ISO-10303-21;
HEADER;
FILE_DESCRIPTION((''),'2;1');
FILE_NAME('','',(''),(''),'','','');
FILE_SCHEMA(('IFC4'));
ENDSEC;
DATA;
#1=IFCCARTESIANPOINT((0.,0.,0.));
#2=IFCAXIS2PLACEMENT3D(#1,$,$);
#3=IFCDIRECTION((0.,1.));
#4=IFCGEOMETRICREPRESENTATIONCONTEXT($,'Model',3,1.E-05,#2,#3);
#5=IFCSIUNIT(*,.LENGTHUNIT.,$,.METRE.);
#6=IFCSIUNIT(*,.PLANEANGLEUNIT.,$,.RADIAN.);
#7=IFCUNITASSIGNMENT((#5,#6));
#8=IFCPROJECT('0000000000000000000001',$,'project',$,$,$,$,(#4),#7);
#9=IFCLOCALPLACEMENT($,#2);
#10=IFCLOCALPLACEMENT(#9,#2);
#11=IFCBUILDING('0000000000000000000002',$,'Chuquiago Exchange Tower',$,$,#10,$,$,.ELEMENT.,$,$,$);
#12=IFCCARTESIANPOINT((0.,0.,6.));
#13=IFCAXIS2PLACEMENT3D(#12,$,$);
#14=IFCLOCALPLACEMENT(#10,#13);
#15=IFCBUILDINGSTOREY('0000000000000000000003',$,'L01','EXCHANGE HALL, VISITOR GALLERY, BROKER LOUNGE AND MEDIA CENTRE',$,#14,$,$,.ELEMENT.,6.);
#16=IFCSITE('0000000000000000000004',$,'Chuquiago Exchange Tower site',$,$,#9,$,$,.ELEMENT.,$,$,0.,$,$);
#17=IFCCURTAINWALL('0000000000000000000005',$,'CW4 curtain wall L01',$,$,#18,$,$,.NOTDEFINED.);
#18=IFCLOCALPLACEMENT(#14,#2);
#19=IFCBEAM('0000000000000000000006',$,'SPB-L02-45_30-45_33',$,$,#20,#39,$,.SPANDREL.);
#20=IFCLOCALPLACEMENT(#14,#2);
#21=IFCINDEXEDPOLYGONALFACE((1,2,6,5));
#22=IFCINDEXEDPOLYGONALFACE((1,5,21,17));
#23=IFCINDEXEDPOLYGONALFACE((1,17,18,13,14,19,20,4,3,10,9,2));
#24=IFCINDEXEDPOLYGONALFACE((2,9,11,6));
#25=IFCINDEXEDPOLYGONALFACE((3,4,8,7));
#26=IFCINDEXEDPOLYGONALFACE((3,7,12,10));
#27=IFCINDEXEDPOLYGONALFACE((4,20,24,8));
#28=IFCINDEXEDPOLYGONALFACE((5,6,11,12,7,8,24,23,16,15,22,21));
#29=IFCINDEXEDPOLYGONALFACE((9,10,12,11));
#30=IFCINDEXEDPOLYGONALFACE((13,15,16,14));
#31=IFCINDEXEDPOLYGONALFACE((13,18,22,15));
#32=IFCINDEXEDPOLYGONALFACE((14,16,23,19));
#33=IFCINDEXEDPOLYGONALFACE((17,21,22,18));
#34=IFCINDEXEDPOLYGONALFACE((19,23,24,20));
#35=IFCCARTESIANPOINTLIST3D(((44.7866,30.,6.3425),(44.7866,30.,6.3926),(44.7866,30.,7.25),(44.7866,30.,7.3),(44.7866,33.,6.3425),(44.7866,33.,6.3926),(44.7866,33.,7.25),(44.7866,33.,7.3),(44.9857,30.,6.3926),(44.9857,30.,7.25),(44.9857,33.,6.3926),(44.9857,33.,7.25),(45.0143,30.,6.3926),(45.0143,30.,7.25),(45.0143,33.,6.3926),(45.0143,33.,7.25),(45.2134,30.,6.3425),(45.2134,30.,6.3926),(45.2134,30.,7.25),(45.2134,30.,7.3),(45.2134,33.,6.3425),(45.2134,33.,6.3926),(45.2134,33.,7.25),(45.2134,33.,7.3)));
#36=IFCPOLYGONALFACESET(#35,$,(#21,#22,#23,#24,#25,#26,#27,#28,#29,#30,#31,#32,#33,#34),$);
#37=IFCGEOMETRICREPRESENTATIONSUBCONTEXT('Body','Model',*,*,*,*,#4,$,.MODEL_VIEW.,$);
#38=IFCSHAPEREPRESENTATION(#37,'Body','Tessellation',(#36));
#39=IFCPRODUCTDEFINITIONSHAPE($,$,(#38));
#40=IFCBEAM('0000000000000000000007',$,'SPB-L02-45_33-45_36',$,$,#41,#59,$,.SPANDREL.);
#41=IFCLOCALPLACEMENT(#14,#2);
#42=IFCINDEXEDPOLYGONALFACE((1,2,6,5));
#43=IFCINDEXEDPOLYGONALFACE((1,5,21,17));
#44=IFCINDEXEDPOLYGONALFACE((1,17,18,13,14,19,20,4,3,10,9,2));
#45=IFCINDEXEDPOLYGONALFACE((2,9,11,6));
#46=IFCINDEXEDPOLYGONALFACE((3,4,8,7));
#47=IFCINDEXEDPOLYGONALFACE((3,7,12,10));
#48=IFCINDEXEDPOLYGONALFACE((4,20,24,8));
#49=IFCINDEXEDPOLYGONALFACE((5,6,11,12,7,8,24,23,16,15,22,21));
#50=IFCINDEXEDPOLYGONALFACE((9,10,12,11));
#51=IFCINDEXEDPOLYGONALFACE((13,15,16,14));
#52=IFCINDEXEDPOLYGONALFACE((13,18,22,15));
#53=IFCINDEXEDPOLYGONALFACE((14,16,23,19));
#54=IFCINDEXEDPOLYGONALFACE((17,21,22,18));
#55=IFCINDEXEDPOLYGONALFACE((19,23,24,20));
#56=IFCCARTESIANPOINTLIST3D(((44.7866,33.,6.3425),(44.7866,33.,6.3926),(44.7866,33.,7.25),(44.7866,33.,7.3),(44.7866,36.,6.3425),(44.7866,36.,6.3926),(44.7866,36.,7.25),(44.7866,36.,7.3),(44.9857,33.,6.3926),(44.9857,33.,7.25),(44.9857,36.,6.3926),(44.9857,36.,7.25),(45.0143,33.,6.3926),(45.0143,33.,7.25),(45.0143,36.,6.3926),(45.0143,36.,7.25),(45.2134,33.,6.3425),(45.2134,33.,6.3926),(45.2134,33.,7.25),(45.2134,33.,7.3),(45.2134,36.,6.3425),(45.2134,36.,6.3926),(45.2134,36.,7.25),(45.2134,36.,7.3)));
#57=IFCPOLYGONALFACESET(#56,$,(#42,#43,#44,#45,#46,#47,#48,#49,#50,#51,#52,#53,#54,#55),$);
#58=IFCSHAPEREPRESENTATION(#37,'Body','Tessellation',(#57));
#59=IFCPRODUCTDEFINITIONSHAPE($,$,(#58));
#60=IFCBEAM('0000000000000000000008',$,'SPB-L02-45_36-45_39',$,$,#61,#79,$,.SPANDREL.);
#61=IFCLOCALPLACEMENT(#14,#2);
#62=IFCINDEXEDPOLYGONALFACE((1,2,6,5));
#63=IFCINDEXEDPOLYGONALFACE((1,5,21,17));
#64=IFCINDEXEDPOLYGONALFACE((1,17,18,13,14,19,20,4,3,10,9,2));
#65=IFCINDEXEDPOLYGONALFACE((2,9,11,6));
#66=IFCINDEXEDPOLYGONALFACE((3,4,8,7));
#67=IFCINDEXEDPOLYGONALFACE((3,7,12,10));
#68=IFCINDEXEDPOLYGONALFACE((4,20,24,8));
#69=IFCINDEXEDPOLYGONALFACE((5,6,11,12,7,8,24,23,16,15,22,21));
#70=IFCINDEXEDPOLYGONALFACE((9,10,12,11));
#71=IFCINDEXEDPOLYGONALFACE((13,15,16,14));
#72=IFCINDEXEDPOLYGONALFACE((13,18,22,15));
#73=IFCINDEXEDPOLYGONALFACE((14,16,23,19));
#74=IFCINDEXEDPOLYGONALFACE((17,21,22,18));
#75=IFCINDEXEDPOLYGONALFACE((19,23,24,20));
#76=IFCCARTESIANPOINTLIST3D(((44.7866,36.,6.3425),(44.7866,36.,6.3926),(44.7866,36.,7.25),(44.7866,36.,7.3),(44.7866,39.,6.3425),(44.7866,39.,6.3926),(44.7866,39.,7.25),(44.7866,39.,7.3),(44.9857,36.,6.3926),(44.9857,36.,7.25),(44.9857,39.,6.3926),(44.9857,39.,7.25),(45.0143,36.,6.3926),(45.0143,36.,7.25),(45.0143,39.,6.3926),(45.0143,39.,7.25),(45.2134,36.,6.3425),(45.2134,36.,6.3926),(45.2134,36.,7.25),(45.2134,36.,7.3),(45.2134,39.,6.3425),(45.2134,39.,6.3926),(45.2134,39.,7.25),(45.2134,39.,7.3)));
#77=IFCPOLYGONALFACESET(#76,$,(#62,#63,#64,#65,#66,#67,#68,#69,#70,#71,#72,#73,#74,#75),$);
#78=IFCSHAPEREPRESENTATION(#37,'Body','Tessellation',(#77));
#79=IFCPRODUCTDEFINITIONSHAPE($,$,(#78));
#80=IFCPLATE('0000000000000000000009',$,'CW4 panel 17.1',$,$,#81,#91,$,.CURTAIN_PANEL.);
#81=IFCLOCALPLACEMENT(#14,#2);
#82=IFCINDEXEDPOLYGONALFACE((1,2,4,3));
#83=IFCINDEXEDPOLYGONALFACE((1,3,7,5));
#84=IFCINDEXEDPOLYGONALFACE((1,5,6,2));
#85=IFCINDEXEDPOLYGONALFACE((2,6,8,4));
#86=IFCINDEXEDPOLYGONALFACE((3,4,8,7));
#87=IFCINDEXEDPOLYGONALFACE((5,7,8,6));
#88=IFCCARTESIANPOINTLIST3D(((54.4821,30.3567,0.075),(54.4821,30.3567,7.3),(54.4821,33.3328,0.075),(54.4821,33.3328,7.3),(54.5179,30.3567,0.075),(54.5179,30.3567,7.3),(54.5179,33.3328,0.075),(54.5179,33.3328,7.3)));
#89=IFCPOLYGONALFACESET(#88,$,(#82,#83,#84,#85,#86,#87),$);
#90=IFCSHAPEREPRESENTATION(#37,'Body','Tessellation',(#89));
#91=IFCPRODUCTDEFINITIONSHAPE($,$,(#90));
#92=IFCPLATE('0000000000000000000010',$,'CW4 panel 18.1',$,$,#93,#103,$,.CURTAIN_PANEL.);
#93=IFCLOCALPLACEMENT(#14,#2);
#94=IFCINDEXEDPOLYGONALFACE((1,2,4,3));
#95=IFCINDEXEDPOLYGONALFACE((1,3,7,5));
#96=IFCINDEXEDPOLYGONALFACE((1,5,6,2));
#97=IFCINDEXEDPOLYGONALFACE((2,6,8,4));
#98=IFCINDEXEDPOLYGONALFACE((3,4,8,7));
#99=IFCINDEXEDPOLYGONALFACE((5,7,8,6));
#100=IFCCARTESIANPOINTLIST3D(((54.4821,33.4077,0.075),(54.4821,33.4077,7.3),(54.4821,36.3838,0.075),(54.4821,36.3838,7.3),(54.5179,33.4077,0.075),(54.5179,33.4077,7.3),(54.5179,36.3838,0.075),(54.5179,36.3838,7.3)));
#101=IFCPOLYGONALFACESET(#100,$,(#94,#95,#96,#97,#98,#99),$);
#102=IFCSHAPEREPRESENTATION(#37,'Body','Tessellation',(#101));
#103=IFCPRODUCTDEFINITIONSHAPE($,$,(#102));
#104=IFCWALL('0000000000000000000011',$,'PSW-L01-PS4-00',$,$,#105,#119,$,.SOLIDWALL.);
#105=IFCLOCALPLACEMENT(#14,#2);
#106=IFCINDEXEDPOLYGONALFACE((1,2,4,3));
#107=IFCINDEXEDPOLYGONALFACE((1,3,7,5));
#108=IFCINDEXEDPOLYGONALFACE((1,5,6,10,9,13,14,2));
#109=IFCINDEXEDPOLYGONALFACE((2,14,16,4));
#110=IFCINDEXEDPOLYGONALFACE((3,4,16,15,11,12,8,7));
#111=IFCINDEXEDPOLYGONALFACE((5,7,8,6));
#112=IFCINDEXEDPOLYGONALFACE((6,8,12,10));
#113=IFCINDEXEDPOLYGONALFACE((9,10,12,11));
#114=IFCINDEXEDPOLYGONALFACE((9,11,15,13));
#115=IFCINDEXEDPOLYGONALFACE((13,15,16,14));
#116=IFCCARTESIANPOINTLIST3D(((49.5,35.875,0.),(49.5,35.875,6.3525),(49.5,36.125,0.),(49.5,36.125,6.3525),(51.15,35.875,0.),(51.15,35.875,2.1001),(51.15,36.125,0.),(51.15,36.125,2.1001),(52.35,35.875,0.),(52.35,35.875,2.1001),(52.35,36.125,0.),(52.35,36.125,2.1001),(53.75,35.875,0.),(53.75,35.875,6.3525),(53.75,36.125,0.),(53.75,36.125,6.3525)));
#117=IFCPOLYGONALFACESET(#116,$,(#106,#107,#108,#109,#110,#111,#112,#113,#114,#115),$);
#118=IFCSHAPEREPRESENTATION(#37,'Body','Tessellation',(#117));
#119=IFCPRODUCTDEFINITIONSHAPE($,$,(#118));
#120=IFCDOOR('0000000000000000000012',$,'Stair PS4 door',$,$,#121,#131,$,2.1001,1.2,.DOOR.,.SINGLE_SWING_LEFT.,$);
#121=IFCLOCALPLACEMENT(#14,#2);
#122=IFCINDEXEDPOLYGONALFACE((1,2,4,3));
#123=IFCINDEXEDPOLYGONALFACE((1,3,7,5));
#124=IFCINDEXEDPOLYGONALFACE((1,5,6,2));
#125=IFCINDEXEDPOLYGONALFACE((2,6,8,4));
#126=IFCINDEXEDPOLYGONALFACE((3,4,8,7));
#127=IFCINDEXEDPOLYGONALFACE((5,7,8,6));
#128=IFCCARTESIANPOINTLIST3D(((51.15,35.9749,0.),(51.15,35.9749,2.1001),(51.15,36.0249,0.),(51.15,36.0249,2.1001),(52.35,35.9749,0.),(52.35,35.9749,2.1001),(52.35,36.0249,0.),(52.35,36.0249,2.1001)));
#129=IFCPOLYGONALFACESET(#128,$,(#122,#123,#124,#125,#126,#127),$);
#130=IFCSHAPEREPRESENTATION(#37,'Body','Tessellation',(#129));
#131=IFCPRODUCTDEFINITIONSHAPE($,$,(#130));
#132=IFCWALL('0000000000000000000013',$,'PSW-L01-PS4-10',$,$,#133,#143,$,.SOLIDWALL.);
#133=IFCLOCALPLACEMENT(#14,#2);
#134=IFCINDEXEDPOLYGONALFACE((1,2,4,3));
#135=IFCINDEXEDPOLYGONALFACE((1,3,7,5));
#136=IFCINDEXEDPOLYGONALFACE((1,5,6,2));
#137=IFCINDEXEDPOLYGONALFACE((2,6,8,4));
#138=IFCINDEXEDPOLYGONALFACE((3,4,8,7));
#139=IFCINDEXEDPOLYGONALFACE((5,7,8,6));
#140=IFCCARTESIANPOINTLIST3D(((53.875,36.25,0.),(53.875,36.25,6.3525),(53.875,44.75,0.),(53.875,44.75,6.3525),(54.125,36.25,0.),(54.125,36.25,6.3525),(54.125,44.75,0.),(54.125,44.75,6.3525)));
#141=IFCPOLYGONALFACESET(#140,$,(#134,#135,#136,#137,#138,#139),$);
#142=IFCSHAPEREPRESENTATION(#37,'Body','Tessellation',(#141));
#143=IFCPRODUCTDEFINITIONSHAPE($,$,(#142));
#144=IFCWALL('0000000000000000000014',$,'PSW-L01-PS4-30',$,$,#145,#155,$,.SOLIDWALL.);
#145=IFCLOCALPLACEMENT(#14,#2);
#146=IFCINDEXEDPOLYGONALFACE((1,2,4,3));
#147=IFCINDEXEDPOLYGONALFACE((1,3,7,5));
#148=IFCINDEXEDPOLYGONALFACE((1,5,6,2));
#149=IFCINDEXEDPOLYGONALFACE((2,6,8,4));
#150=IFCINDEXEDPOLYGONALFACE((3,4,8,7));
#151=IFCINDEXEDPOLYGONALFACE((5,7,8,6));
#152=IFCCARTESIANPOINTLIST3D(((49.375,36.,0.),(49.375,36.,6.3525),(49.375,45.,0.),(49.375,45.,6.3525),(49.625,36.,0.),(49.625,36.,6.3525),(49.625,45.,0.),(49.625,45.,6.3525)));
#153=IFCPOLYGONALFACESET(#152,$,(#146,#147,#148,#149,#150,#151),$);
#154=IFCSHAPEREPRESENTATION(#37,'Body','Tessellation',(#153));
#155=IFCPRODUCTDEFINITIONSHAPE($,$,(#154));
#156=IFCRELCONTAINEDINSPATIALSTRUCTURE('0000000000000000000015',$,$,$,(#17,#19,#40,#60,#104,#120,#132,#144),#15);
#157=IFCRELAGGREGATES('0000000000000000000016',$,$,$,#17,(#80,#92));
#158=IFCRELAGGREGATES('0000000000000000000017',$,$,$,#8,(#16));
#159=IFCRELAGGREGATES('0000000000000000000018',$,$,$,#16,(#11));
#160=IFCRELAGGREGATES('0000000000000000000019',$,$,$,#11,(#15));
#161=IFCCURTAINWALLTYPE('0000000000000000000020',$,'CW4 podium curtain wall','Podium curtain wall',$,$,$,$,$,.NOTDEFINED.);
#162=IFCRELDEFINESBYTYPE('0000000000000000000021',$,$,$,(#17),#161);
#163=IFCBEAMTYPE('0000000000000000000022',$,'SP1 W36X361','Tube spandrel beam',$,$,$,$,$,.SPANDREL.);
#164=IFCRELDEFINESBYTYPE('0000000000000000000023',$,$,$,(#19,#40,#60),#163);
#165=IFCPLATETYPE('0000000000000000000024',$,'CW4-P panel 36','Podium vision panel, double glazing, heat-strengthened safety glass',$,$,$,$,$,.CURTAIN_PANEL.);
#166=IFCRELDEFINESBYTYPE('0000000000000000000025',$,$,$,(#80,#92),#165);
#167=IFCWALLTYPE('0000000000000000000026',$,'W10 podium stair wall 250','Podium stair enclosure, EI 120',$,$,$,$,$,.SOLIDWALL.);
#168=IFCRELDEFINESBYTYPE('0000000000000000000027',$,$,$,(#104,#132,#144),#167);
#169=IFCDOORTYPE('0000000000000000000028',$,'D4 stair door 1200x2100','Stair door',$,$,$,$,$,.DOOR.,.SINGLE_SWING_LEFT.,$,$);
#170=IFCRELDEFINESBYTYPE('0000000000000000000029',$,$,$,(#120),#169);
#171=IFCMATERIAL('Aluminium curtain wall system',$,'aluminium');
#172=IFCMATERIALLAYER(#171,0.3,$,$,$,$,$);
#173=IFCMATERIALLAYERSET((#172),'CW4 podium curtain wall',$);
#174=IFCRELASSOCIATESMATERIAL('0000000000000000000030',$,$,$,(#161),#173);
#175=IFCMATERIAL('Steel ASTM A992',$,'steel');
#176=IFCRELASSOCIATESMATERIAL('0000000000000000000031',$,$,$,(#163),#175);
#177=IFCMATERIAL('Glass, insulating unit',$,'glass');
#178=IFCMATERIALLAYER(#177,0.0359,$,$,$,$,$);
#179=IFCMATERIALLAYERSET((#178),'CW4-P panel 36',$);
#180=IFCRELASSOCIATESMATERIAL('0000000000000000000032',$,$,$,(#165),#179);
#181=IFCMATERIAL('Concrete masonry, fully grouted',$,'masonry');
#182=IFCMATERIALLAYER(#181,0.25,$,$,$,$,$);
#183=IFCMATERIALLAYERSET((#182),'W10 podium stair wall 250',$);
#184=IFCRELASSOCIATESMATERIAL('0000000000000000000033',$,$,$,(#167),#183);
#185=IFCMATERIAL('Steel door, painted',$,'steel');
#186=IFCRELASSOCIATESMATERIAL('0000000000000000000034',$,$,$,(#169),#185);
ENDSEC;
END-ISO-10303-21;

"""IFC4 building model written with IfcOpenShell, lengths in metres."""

from ifc_helpers import new_model, si_unit, direction, frame, frame_2d, origin, origin_2d, place, context, subcontext, project, spatial, rectangle, i_section, extrude, material, layer, layer_set, material_profile, profile_set, type_object, element, fill, aggregate, save


model = new_model("IFC4")

# Units and contexts
model_context = context("Model", 3, precision=1e-05, world=origin(), true_north=direction((0.0, 1.0)))
body_context = subcontext(model_context, "Body", "Model", "MODEL_VIEW")
ifc_project = project(units=[si_unit("LENGTHUNIT", "METRE"), si_unit("PLANEANGLEUNIT", "RADIAN")], contexts=[model_context])

# Site, building, storey
site_placement = place(None, origin())
site = spatial("IfcSite", under=ifc_project, at=site_placement, Name="Chuquiago Exchange Tower site", CompositionType="ELEMENT", RefElevation=0.0)
building_placement = place(site_placement, origin())
building = spatial("IfcBuilding", under=site, at=building_placement, Name="Chuquiago Exchange Tower", CompositionType="ELEMENT")
storey_placement = place(building_placement, frame((0.0, 0.0, 6.0)))
storey = spatial("IfcBuildingStorey", under=building, at=storey_placement, Name="L01", Description="EXCHANGE HALL, VISITOR GALLERY, BROKER LOUNGE AND MEDIA CENTRE", CompositionType="ELEMENT", Elevation=6.0)

# Curtain wall
ifc_material_1 = material(Name="Aluminium curtain wall system", Category="aluminium")
ifc_layer_1 = layer(ifc_material_1, 0.3)
ifc_layer_set_1 = layer_set([ifc_layer_1], Name="CW4 podium curtain wall")
curtain_wall_type = type_object("IfcCurtainWallType", Name="CW4 podium curtain wall", Description="Podium curtain wall", PredefinedType="NOTDEFINED", material=ifc_layer_set_1)
curtain_wall_placement = place(storey_placement, origin())
curtain_wall = element("IfcCurtainWall", 1, at=curtain_wall_placement, inside=storey, type_object=curtain_wall_type, Name="CW4 curtain wall L01", PredefinedType="NOTDEFINED")

# Beams
ifc_material_2 = material(Name="Steel ASTM A992", Category="steel")
ifc_material_profile_1 = material_profile(ifc_material_2, i_section(OverallWidth=0.4268, OverallDepth=0.9575, WebThickness=0.0286, FlangeThickness=0.05, at=origin_2d()), Name="W36X361")
ifc_profile_set_1 = profile_set([ifc_material_profile_1], Name="Steel ASTM A992")
beam_type_1 = type_object("IfcBeamType", Name="SP1 W36X361", Description="Tube spandrel beam", PredefinedType="SPANDREL", material=ifc_profile_set_1)
for number, where, z_axis, x_axis, name in (
    (2, (45.0, 30.0, 6.8213), (0.0, 1.0, 0.0), (-1.0, 0.0, 0.0), "SPB-L02-45_30-45_33"),
    (3, (45.0, 33.0, 6.8213), (0.0, 1.0, 0.0), (-1.0, 0.0, 0.0), "SPB-L02-45_33-45_36"),
    (4, (45.0, 36.0, 6.8213), (0.0, 1.0, 0.0), (-1.0, 0.0, 0.0), "SPB-L02-45_36-45_39"),
):
    element("IfcBeam", number, at=place(storey_placement, frame(where, z_axis=z_axis, x_axis=x_axis)), inside=storey, type_object=beam_type_1, Name=name, PredefinedType="SPANDREL", context=body_context, shape_type="SweptSolid", body=[
        extrude(i_section(OverallWidth=0.4268, OverallDepth=0.9575, WebThickness=0.0286, FlangeThickness=0.05, at=origin_2d()), origin(), (0.0, 0.0, 1.0), 3.0),
    ])

# Plates
ifc_material_3 = material(Name="Glass, insulating unit", Category="glass")
ifc_layer_2 = layer(ifc_material_3, 0.0359)
ifc_layer_set_2 = layer_set([ifc_layer_2], Name="CW4-P panel 36")
plate_type = type_object("IfcPlateType", Name="CW4-P panel 36", Description="Podium vision panel, double glazing, heat-strengthened safety glass", PredefinedType="CURTAIN_PANEL", material=ifc_layer_set_2)
plate_1_placement = place(storey_placement, frame((54.5, 31.8447, 0.075), z_axis=(0.0, 0.0, 1.0), x_axis=(0.0, 1.0, 0.0)))
plate_1 = element("IfcPlate", 5, at=plate_1_placement, type_object=plate_type, Name="CW4 panel 17.1", PredefinedType="CURTAIN_PANEL", context=body_context, shape_type="SweptSolid", body=[
    extrude(rectangle(XDim=2.9761, YDim=0.0359, at=origin_2d()), origin(), (0.0, 0.0, 1.0), 7.2251),
])
plate_2_placement = place(storey_placement, frame((54.5, 34.8958, 0.075), z_axis=(0.0, 0.0, 1.0), x_axis=(0.0, 1.0, 0.0)))
plate_2 = element("IfcPlate", 6, at=plate_2_placement, type_object=plate_type, Name="CW4 panel 18.1", PredefinedType="CURTAIN_PANEL", context=body_context, shape_type="SweptSolid", body=[
    extrude(rectangle(XDim=2.9761, YDim=0.0359, at=origin_2d()), origin(), (0.0, 0.0, 1.0), 7.2251),
])
aggregate(curtain_wall, [plate_1, plate_2])

# Wall, opening, door
ifc_material_4 = material(Name="Concrete masonry, fully grouted", Category="masonry")
ifc_layer_3 = layer(ifc_material_4, 0.25)
ifc_layer_set_3 = layer_set([ifc_layer_3], Name="W10 podium stair wall 250")
wall_type = type_object("IfcWallType", Name="W10 podium stair wall 250", Description="Podium stair enclosure, EI 120", PredefinedType="SOLIDWALL", material=ifc_layer_set_3)
wall_1_placement = place(storey_placement, frame((49.5, 36.0, 0.0), z_axis=(0.0, 0.0, 1.0), x_axis=(1.0, 0.0, 0.0)))
wall_1 = element("IfcWall", 7, at=wall_1_placement, inside=storey, type_object=wall_type, Name="PSW-L01-PS4-00", PredefinedType="SOLIDWALL", context=body_context, shape_type="SweptSolid", body=[
    extrude(rectangle(XDim=4.25, YDim=0.25, at=frame_2d((2.125, 0.0))), origin(), (0.0, 0.0, 1.0), 6.3525),
])
opening_placement = place(wall_1_placement, frame((1.6499, 0.0, 0.0)))
opening = element("IfcOpeningElement", 8, at=opening_placement, cuts=wall_1, PredefinedType="OPENING", context=body_context, shape_type="SweptSolid", body=[
    extrude(rectangle(XDim=1.2, YDim=2.1001, at=frame_2d((0.6001, 1.05))), frame((0.0, 0.135, 0.0), z_axis=(0.0, -1.0, 0.0), x_axis=(1.0, 0.0, 0.0)), (0.0, 0.0, 1.0), 0.27),
])
ifc_material_5 = material(Name="Steel door, painted", Category="steel")
door_type = type_object("IfcDoorType", Name="D4 stair door 1200x2100", Description="Stair door", OperationType="SINGLE_SWING_LEFT", PredefinedType="DOOR", material=ifc_material_5)
door_placement = place(opening_placement, origin())
door = element("IfcDoor", 9, at=door_placement, inside=storey, type_object=door_type, Name="Stair PS4 door", OperationType="SINGLE_SWING_LEFT", OverallHeight=2.1001, OverallWidth=1.2, PredefinedType="DOOR", context=body_context, shape_type="SweptSolid", body=[
    extrude(rectangle(XDim=1.2, YDim=2.1001, at=frame_2d((0.6001, 1.05))), frame((0.0, 0.0249, 0.0), z_axis=(0.0, -1.0, 0.0), x_axis=(1.0, 0.0, 0.0)), (0.0, 0.0, 1.0), 0.05),
])
fill(opening, door)

# Walls
wall_2_placement = place(storey_placement, frame((54.0, 36.25, 0.0), z_axis=(0.0, 0.0, 1.0), x_axis=(0.0, 1.0, 0.0)))
element("IfcWall", 10, at=wall_2_placement, inside=storey, type_object=wall_type, Name="PSW-L01-PS4-10", PredefinedType="SOLIDWALL", context=body_context, shape_type="SweptSolid", body=[
    extrude(rectangle(XDim=8.5, YDim=0.25, at=frame_2d((4.25, 0.0))), origin(), (0.0, 0.0, 1.0), 6.3525),
])
wall_3_placement = place(storey_placement, frame((49.5, 36.0, 0.0), z_axis=(0.0, 0.0, 1.0), x_axis=(0.0, 1.0, 0.0)))
element("IfcWall", 11, at=wall_3_placement, inside=storey, type_object=wall_type, Name="PSW-L01-PS4-30", PredefinedType="SOLIDWALL", context=body_context, shape_type="SweptSolid", body=[
    extrude(rectangle(XDim=9.0, YDim=0.25, at=frame_2d((4.5, 0.0))), origin(), (0.0, 0.0, 1.0), 6.3525),
])

save(model, "model.ifc")
